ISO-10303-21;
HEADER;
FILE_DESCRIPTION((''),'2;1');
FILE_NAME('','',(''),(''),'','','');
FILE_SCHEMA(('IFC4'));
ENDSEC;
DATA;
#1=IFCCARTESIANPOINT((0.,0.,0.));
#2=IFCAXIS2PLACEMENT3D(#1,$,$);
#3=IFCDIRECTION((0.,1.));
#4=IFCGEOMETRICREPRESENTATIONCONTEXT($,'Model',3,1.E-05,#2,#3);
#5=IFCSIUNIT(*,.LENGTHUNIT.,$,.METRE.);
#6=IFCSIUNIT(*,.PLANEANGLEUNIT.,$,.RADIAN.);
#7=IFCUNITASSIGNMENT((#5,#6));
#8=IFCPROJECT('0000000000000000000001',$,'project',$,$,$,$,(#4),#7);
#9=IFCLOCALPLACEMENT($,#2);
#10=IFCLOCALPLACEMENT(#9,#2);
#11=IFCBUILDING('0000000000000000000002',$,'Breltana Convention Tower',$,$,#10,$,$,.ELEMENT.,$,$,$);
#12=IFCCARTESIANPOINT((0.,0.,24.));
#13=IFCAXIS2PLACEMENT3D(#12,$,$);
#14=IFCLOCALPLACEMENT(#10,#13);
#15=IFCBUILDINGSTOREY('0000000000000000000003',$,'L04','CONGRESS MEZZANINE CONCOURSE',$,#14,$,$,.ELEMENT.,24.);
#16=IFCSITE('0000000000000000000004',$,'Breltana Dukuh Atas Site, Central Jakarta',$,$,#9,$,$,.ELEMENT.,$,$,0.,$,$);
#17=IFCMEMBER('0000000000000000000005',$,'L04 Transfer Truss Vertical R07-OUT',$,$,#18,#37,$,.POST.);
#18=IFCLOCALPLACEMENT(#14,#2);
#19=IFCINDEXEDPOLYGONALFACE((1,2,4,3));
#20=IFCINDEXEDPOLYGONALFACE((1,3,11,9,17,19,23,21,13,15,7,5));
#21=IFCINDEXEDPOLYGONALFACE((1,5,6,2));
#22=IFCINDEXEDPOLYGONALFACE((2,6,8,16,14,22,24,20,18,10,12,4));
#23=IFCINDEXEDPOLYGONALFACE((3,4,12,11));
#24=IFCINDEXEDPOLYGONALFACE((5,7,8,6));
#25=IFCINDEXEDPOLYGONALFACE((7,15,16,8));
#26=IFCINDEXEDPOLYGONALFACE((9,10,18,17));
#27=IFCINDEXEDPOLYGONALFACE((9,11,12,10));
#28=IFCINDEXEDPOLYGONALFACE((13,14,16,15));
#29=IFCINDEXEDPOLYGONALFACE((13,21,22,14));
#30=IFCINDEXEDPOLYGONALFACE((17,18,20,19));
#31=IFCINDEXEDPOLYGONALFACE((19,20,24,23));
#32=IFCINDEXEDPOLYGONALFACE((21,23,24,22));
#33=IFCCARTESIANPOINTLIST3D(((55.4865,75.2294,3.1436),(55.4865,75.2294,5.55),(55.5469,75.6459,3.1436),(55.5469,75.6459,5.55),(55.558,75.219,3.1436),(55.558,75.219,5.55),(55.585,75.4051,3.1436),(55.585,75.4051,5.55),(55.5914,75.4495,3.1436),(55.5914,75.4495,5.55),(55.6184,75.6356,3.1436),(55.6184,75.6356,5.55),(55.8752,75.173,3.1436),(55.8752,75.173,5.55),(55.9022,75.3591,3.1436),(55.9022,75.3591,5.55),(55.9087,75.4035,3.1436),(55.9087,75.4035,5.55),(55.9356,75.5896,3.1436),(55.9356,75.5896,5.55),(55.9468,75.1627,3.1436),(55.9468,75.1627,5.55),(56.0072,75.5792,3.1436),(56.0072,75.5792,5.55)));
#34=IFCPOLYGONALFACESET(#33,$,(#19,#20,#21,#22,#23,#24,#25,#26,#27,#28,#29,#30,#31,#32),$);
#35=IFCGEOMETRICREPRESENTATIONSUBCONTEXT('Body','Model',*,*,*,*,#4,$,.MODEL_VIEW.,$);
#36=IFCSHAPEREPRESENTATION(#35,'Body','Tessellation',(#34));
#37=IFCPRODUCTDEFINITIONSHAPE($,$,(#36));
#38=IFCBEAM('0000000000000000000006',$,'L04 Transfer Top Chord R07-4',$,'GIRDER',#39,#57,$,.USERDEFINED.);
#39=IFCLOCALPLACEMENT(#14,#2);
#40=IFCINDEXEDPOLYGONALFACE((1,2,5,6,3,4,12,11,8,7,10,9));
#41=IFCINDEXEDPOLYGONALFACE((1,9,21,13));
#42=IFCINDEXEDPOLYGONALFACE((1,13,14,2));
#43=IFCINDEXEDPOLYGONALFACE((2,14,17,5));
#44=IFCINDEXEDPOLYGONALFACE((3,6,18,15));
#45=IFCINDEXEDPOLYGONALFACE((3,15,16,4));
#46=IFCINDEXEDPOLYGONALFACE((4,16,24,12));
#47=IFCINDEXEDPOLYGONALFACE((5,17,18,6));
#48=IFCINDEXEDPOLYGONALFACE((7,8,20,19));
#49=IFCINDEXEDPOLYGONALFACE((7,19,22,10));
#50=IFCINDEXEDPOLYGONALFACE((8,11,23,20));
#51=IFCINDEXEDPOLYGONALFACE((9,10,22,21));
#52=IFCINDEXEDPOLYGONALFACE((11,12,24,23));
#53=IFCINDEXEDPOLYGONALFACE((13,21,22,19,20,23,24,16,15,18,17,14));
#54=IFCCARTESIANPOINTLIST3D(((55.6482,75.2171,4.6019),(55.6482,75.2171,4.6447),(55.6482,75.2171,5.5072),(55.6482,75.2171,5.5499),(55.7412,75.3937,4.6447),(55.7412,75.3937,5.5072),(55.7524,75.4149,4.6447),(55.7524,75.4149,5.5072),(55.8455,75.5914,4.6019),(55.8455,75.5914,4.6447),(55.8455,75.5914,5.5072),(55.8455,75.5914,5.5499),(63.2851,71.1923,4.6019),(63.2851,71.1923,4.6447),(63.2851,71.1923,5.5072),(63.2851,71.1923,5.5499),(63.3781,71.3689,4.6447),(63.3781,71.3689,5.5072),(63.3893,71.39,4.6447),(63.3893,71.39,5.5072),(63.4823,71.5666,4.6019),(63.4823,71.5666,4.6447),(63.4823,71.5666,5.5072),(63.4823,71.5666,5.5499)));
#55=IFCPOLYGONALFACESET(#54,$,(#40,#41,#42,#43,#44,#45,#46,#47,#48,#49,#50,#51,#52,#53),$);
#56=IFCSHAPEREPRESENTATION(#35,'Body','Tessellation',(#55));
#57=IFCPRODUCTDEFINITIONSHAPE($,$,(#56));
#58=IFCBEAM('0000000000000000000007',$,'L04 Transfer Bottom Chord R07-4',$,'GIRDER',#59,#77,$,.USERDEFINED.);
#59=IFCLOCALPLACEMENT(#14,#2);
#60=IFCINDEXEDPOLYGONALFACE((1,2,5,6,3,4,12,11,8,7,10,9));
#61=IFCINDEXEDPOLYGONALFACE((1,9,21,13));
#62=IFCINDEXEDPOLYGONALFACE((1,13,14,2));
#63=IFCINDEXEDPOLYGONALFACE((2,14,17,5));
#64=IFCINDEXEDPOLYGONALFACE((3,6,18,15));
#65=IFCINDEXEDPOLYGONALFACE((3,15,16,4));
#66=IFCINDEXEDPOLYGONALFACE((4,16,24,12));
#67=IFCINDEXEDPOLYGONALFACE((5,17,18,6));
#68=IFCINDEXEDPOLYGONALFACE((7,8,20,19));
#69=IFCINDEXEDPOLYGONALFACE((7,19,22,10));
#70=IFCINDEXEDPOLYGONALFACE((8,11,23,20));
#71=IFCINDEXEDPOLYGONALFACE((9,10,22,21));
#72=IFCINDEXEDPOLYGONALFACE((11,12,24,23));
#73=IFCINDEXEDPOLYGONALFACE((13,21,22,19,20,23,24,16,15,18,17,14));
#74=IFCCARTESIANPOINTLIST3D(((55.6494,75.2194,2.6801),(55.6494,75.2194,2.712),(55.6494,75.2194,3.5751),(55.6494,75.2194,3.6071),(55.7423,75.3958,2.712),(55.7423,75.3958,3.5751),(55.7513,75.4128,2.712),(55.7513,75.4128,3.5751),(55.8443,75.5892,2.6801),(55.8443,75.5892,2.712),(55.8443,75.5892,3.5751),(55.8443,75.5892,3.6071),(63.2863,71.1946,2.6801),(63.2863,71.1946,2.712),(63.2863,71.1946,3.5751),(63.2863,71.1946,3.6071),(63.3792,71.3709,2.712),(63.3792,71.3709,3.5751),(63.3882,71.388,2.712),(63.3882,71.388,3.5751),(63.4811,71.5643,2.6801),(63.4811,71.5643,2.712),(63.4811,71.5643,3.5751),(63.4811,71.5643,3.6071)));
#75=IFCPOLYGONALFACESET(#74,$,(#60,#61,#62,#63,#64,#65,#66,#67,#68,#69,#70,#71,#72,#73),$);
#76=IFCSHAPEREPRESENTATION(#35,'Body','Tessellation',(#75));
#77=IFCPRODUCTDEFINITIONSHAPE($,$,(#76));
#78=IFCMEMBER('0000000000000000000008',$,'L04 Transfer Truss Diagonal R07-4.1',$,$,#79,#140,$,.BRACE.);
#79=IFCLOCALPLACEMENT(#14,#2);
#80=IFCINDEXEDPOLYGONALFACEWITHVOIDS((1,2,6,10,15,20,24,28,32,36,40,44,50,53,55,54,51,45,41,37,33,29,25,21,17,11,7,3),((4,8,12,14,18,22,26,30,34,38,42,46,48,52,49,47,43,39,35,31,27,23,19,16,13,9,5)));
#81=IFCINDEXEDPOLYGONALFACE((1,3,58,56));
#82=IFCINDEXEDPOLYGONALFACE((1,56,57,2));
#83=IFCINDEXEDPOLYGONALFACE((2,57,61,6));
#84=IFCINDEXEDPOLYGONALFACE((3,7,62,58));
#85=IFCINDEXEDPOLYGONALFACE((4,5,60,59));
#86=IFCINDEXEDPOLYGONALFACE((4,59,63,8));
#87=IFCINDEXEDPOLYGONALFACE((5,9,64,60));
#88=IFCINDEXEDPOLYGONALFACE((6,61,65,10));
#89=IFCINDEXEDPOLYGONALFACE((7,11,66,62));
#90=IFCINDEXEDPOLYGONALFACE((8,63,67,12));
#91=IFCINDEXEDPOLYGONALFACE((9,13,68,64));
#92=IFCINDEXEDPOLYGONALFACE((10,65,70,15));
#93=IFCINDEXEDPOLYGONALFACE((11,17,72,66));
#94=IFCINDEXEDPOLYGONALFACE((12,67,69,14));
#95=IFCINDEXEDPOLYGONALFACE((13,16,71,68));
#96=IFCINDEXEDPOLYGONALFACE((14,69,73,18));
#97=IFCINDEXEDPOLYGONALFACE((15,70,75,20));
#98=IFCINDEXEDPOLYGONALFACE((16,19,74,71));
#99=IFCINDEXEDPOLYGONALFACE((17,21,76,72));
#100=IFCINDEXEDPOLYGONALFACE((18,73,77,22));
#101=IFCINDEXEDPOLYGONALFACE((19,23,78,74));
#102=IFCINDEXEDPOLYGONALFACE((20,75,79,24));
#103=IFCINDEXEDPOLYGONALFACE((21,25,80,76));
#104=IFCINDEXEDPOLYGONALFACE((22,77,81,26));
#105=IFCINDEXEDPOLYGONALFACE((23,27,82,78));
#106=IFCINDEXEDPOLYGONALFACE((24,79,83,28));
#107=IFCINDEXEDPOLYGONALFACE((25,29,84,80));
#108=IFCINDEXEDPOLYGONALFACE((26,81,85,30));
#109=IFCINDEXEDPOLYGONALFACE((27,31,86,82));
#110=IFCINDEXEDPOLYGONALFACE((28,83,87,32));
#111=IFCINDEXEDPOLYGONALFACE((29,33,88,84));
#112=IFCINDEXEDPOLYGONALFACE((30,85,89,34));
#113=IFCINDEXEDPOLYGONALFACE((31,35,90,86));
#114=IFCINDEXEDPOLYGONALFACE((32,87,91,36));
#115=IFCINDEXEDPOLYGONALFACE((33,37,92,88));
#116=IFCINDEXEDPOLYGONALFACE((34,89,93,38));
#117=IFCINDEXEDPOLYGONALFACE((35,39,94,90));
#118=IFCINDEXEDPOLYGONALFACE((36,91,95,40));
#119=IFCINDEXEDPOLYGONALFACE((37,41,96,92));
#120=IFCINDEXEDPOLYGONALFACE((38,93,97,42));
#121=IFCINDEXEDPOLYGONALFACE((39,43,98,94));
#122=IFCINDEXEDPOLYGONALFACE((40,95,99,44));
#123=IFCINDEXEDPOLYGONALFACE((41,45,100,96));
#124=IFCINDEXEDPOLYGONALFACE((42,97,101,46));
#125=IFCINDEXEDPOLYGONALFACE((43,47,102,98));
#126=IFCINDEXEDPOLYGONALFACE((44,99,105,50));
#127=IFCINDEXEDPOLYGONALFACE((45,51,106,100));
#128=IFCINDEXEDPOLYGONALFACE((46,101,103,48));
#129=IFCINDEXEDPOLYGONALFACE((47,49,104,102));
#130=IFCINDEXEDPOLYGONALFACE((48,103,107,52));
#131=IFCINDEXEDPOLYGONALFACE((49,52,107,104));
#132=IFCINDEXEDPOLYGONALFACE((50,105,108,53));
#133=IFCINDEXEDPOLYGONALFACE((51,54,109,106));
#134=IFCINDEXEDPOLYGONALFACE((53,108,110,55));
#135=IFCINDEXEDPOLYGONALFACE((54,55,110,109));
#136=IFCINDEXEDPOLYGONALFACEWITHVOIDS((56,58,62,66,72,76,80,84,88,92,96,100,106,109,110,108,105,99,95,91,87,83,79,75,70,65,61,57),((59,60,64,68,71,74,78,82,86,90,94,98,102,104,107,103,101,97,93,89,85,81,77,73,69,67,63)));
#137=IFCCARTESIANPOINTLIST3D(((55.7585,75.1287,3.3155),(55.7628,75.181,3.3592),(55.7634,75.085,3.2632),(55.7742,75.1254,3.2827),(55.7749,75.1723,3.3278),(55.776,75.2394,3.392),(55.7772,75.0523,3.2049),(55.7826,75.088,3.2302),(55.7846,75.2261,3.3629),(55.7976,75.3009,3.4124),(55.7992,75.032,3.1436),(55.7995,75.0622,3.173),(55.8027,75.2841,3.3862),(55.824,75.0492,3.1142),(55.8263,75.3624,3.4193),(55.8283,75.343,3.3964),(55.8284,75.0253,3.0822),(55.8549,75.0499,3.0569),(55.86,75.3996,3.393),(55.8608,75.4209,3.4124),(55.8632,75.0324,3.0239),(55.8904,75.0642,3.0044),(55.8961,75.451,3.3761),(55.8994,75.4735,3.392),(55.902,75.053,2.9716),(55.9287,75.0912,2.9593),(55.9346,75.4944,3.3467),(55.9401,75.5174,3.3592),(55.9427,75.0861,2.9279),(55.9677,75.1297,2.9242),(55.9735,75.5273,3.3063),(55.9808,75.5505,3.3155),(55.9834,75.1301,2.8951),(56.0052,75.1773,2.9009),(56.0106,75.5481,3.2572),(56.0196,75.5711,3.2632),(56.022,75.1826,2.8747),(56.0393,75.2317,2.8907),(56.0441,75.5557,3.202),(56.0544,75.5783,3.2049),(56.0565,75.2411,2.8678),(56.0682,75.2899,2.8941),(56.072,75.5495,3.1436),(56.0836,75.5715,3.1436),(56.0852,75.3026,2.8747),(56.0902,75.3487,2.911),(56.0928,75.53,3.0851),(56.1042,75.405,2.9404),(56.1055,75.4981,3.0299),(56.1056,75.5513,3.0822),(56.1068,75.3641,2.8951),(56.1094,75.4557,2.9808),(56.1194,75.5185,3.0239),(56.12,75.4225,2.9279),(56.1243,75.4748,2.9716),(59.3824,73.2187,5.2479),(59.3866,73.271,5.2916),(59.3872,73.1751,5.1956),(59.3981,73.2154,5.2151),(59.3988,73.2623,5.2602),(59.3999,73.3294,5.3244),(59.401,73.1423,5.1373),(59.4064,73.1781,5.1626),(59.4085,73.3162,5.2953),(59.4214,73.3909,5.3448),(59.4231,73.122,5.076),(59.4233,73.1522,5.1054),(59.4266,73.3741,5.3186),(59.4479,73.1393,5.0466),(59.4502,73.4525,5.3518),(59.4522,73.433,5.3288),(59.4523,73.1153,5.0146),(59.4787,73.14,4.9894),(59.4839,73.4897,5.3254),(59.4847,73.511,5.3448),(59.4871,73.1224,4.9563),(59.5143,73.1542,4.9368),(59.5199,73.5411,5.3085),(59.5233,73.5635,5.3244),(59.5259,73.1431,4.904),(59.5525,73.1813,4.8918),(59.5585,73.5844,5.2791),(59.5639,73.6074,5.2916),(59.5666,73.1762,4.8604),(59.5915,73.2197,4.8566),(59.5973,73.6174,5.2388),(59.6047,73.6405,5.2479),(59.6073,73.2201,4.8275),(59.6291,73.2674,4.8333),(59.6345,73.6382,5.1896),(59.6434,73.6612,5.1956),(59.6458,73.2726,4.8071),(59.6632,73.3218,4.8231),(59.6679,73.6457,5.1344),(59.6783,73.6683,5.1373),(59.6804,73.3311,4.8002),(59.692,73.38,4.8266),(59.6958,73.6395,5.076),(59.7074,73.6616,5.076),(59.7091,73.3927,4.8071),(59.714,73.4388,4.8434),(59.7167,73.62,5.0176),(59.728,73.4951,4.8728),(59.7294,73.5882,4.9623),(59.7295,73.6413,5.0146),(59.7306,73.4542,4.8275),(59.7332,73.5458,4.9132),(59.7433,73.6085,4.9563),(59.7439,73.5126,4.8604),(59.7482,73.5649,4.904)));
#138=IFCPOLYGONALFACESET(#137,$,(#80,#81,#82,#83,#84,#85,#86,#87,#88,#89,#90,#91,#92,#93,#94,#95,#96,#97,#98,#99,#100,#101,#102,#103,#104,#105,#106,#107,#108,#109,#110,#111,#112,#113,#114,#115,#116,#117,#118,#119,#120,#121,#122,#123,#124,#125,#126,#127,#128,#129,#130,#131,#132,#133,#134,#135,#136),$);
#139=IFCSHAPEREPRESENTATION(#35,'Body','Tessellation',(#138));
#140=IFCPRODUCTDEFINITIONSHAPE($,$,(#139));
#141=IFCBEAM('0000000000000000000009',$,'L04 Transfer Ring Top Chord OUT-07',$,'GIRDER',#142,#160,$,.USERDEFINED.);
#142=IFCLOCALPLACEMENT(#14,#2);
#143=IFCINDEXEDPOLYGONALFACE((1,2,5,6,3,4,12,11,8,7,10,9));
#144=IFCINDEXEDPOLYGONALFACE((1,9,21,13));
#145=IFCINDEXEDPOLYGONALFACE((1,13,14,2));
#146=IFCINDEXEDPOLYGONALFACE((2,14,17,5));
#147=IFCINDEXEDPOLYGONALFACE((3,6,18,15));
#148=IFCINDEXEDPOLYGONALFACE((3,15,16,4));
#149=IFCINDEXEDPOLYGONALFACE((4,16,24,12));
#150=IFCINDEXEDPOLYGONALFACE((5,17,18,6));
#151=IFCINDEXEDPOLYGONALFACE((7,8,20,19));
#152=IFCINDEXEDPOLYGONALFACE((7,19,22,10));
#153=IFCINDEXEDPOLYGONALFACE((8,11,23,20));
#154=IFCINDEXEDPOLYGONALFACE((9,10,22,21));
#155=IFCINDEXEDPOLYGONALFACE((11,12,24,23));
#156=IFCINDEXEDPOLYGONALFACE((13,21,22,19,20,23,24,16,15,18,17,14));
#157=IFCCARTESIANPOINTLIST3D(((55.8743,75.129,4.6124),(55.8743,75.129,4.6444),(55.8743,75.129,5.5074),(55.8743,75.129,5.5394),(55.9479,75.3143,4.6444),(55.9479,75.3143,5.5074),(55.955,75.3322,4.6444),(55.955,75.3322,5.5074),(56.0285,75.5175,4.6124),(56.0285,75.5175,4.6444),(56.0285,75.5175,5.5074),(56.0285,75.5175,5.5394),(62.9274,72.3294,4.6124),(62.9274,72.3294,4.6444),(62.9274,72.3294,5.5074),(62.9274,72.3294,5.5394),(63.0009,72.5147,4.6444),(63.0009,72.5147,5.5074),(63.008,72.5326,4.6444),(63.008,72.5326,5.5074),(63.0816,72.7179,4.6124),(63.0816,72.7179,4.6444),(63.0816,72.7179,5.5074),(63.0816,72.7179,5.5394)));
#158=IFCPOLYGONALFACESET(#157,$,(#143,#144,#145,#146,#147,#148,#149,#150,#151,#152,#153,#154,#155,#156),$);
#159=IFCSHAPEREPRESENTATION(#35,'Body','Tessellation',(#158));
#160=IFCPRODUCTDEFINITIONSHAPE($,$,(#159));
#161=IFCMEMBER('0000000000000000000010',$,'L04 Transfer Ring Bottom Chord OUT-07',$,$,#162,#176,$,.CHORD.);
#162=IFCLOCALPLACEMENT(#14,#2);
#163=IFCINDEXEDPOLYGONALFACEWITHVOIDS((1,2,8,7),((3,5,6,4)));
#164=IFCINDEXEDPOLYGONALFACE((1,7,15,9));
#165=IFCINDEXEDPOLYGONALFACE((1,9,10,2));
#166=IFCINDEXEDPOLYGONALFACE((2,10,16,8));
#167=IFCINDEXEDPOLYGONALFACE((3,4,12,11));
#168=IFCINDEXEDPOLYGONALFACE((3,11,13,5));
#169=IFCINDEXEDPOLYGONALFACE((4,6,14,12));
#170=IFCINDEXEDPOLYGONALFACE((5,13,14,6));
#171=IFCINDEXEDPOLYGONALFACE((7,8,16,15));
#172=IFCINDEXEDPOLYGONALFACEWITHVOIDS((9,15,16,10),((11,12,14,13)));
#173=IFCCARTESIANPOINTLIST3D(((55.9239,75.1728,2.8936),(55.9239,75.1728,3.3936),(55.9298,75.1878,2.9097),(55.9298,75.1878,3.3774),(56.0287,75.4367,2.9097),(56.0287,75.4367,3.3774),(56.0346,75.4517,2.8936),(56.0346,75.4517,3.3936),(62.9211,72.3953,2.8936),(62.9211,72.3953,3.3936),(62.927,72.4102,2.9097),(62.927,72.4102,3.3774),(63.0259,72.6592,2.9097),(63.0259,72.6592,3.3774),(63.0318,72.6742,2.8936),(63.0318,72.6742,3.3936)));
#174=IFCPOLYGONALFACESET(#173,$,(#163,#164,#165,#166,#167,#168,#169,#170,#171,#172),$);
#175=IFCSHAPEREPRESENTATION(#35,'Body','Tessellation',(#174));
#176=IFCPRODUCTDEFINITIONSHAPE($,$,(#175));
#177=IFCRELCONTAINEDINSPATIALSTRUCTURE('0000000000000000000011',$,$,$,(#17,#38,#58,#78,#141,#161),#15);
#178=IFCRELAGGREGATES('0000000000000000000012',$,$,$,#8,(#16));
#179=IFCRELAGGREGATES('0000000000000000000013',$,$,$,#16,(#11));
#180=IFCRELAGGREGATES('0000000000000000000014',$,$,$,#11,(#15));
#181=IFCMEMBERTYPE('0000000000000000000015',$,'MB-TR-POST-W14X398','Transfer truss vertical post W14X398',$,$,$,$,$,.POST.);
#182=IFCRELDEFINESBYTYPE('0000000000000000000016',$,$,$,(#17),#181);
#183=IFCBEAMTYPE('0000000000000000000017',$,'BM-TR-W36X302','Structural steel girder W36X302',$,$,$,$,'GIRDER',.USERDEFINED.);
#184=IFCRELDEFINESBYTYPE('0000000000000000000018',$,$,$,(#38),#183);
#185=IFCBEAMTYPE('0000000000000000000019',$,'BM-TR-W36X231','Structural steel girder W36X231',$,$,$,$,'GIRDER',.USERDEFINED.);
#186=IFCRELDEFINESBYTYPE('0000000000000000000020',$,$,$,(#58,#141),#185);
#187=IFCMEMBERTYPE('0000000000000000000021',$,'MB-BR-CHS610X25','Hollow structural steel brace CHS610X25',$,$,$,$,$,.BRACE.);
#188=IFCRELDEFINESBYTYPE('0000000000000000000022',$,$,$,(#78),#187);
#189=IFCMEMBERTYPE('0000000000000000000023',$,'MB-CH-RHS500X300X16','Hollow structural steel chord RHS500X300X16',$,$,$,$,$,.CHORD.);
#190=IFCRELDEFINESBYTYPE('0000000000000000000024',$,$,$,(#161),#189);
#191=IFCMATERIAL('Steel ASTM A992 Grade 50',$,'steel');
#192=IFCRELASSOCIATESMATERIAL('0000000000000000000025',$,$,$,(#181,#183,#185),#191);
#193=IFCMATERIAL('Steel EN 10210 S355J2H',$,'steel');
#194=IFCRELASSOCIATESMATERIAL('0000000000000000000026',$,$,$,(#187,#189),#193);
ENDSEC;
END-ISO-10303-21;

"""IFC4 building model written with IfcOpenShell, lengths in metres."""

from ifc_helpers import new_model, si_unit, direction, frame, origin, origin_2d, place, context, subcontext, project, spatial, hollow_rectangle, hollow_circle, i_section, extrude, source, transform, mapped, material, material_profile, profile_set, type_object, type_shapes, element, save


model = new_model("IFC4")

# Units and contexts
model_context = context("Model", 3, precision=1e-05, world=origin(), true_north=direction((0.0, 1.0)))
body_context = subcontext(model_context, "Body", "Model", "MODEL_VIEW")
ifc_project = project(units=[si_unit("LENGTHUNIT", "METRE"), si_unit("PLANEANGLEUNIT", "RADIAN")], contexts=[model_context])

# Site, building, storey
site_placement = place(None, origin())
site = spatial("IfcSite", under=ifc_project, at=site_placement, Name="Breltana Dukuh Atas Site, Central Jakarta", CompositionType="ELEMENT", RefElevation=0.0)
building_placement = place(site_placement, origin())
building = spatial("IfcBuilding", under=site, at=building_placement, Name="Breltana Convention Tower", CompositionType="ELEMENT")
storey_placement = place(building_placement, frame((0.0, 0.0, 24.0)))
storey = spatial("IfcBuildingStorey", under=building, at=storey_placement, Name="L04", Description="CONGRESS MEZZANINE CONCOURSE", CompositionType="ELEMENT", Elevation=24.0)

# Member
ifc_material_1 = material(Name="Steel ASTM A992 Grade 50", Category="steel")
ifc_material_profile_1 = material_profile(ifc_material_1, i_section(OverallWidth=0.4209, OverallDepth=0.4651, WebThickness=0.0449, FlangeThickness=0.0723, at=origin_2d()), Name="W14X398")
ifc_profile_set_1 = profile_set([ifc_material_profile_1], Name="Steel ASTM A992 Grade 50")
member_type_1 = type_object("IfcMemberType", Name="MB-TR-POST-W14X398", Description="Transfer truss vertical post W14X398", PredefinedType="POST", material=ifc_profile_set_1)
shared_shape_1 = source(origin(), body_context, "Body", "SweptSolid", [
    extrude(i_section(OverallWidth=0.4209, OverallDepth=0.4651, WebThickness=0.0449, FlangeThickness=0.0723, at=origin_2d()), origin(), (0.0, 0.0, 1.0), 2.4065),
])
type_shapes(member_type_1, [shared_shape_1])
member_1_placement = place(storey_placement, frame((55.7468, 75.4043, 3.1436), z_axis=(0.0, 0.0, 1.0), x_axis=(0.143493, 0.989651, 0.0)))
element("IfcMember", 1, at=member_1_placement, inside=storey, type_object=member_type_1, Name="L04 Transfer Truss Vertical R07-OUT", PredefinedType="POST", context=body_context, shape_type="MappedRepresentation", body=[
    mapped(shared_shape_1, transform((0.0, 0.0, 0.0), scale=1.0)),
])

# Beams
ifc_material_profile_2 = material_profile(ifc_material_1, i_section(OverallWidth=0.4231, OverallDepth=0.948, WebThickness=0.0239, FlangeThickness=0.0427, at=origin_2d()), Name="W36X302")
ifc_profile_set_2 = profile_set([ifc_material_profile_2], Name="Steel ASTM A992 Grade 50")
beam_type_1 = type_object("IfcBeamType", Name="BM-TR-W36X302", Description="Structural steel girder W36X302", ElementType="GIRDER", PredefinedType="USERDEFINED", material=ifc_profile_set_2)
shared_shape_2 = source(origin(), body_context, "Body", "SweptSolid", [
    extrude(i_section(OverallWidth=0.4231, OverallDepth=0.948, WebThickness=0.0239, FlangeThickness=0.0427, at=origin_2d()), origin(), (0.0, 0.0, 1.0), 8.6326),
])
beam_1_placement = place(storey_placement, frame((55.7468, 75.4043, 5.0759), z_axis=(0.884658, -0.466241, 0.0), x_axis=(0.466241, 0.884658, 0.0)))
element("IfcBeam", 2, at=beam_1_placement, inside=storey, type_object=beam_type_1, Name="L04 Transfer Top Chord R07-4", ObjectType="GIRDER", PredefinedType="USERDEFINED", context=body_context, shape_type="MappedRepresentation", body=[
    mapped(shared_shape_2, transform((0.0, 0.0, 0.0), scale=1.0)),
])
ifc_material_profile_3 = material_profile(ifc_material_1, i_section(OverallWidth=0.418, OverallDepth=0.927, WebThickness=0.0193, FlangeThickness=0.032, at=origin_2d()), Name="W36X231")
ifc_profile_set_3 = profile_set([ifc_material_profile_3], Name="Steel ASTM A992 Grade 50")
beam_type_2 = type_object("IfcBeamType", Name="BM-TR-W36X231", Description="Structural steel girder W36X231", ElementType="GIRDER", PredefinedType="USERDEFINED", material=ifc_profile_set_3)
shared_shape_3 = source(origin(), body_context, "Body", "SweptSolid", [
    extrude(i_section(OverallWidth=0.418, OverallDepth=0.927, WebThickness=0.0193, FlangeThickness=0.032, at=origin_2d()), origin(), (0.0, 0.0, 1.0), 8.6326),
])
beam_2_placement = place(storey_placement, frame((55.7468, 75.4043, 3.1436), z_axis=(0.884658, -0.466241, 0.0), x_axis=(0.466241, 0.884658, 0.0)))
element("IfcBeam", 3, at=beam_2_placement, inside=storey, type_object=beam_type_2, Name="L04 Transfer Bottom Chord R07-4", ObjectType="GIRDER", PredefinedType="USERDEFINED", context=body_context, shape_type="MappedRepresentation", body=[
    mapped(shared_shape_3, transform((0.0, 0.0, 0.0), scale=1.0)),
])

# Member
ifc_material_2 = material(Name="Steel EN 10210 S355J2H", Category="steel")
ifc_material_profile_4 = material_profile(ifc_material_2, hollow_circle(Radius=0.3049, WallThickness=0.0249, at=origin_2d()), Name="CHS610X25")
ifc_profile_set_4 = profile_set([ifc_material_profile_4], Name="Steel EN 10210 S355J2H")
member_type_2 = type_object("IfcMemberType", Name="MB-BR-CHS610X25", Description="Hollow structural steel brace CHS610X25", PredefinedType="BRACE", material=ifc_profile_set_4)
shared_shape_4 = source(origin(), body_context, "Body", "SweptSolid", [
    extrude(hollow_circle(Radius=0.3049, WallThickness=0.0249, at=origin_2d()), origin(), (0.0, 0.0, 1.0), 4.5293),
])
member_2_placement = place(storey_placement, frame((55.9414, 75.3018, 3.1436), z_axis=(0.800093, -0.421689, 0.426648), x_axis=(0.466255, 0.88465, 0.0)))
element("IfcMember", 4, at=member_2_placement, inside=storey, type_object=member_type_2, Name="L04 Transfer Truss Diagonal R07-4.1", PredefinedType="BRACE", context=body_context, shape_type="MappedRepresentation", body=[
    mapped(shared_shape_4, transform((0.0, 0.0, 0.0), scale=1.0)),
])

# Beam
shared_shape_5 = source(origin(), body_context, "Body", "SweptSolid", [
    extrude(i_section(OverallWidth=0.418, OverallDepth=0.927, WebThickness=0.0193, FlangeThickness=0.032, at=origin_2d()), origin(), (0.0, 0.0, 1.0), 7.5884),
])
beam_3_placement = place(storey_placement, frame((55.9514, 75.3232, 5.0759), z_axis=(0.929456, -0.368932, 0.0), x_axis=(0.368932, 0.929456, 0.0)))
element("IfcBeam", 5, at=beam_3_placement, inside=storey, type_object=beam_type_2, Name="L04 Transfer Ring Top Chord OUT-07", ObjectType="GIRDER", PredefinedType="USERDEFINED", context=body_context, shape_type="MappedRepresentation", body=[
    mapped(shared_shape_5, transform((0.0, 0.0, 0.0), scale=1.0)),
])

# Member
ifc_material_profile_5 = material_profile(ifc_material_2, hollow_rectangle(XDim=0.3, YDim=0.5, WallThickness=0.0161, at=origin_2d()), Name="RHS500X300X16")
ifc_profile_set_5 = profile_set([ifc_material_profile_5], Name="Steel EN 10210 S355J2H")
member_type_3 = type_object("IfcMemberType", Name="MB-CH-RHS500X300X16", Description="Hollow structural steel chord RHS500X300X16", PredefinedType="CHORD", material=ifc_profile_set_5)
shared_shape_6 = source(origin(), body_context, "Body", "SweptSolid", [
    extrude(hollow_rectangle(XDim=0.3, YDim=0.5, WallThickness=0.0161, at=origin_2d()), origin(), (0.0, 0.0, 1.0), 7.5283),
])
member_3_placement = place(storey_placement, frame((55.9792, 75.3123, 3.1436), z_axis=(0.929451, -0.368946, 0.0), x_axis=(0.368946, 0.929451, 0.0)))
element("IfcMember", 6, at=member_3_placement, inside=storey, type_object=member_type_3, Name="L04 Transfer Ring Bottom Chord OUT-07", PredefinedType="CHORD", context=body_context, shape_type="MappedRepresentation", body=[
    mapped(shared_shape_6, transform((0.0, 0.0, 0.0), scale=1.0)),
])

save(model, "model.ifc")
